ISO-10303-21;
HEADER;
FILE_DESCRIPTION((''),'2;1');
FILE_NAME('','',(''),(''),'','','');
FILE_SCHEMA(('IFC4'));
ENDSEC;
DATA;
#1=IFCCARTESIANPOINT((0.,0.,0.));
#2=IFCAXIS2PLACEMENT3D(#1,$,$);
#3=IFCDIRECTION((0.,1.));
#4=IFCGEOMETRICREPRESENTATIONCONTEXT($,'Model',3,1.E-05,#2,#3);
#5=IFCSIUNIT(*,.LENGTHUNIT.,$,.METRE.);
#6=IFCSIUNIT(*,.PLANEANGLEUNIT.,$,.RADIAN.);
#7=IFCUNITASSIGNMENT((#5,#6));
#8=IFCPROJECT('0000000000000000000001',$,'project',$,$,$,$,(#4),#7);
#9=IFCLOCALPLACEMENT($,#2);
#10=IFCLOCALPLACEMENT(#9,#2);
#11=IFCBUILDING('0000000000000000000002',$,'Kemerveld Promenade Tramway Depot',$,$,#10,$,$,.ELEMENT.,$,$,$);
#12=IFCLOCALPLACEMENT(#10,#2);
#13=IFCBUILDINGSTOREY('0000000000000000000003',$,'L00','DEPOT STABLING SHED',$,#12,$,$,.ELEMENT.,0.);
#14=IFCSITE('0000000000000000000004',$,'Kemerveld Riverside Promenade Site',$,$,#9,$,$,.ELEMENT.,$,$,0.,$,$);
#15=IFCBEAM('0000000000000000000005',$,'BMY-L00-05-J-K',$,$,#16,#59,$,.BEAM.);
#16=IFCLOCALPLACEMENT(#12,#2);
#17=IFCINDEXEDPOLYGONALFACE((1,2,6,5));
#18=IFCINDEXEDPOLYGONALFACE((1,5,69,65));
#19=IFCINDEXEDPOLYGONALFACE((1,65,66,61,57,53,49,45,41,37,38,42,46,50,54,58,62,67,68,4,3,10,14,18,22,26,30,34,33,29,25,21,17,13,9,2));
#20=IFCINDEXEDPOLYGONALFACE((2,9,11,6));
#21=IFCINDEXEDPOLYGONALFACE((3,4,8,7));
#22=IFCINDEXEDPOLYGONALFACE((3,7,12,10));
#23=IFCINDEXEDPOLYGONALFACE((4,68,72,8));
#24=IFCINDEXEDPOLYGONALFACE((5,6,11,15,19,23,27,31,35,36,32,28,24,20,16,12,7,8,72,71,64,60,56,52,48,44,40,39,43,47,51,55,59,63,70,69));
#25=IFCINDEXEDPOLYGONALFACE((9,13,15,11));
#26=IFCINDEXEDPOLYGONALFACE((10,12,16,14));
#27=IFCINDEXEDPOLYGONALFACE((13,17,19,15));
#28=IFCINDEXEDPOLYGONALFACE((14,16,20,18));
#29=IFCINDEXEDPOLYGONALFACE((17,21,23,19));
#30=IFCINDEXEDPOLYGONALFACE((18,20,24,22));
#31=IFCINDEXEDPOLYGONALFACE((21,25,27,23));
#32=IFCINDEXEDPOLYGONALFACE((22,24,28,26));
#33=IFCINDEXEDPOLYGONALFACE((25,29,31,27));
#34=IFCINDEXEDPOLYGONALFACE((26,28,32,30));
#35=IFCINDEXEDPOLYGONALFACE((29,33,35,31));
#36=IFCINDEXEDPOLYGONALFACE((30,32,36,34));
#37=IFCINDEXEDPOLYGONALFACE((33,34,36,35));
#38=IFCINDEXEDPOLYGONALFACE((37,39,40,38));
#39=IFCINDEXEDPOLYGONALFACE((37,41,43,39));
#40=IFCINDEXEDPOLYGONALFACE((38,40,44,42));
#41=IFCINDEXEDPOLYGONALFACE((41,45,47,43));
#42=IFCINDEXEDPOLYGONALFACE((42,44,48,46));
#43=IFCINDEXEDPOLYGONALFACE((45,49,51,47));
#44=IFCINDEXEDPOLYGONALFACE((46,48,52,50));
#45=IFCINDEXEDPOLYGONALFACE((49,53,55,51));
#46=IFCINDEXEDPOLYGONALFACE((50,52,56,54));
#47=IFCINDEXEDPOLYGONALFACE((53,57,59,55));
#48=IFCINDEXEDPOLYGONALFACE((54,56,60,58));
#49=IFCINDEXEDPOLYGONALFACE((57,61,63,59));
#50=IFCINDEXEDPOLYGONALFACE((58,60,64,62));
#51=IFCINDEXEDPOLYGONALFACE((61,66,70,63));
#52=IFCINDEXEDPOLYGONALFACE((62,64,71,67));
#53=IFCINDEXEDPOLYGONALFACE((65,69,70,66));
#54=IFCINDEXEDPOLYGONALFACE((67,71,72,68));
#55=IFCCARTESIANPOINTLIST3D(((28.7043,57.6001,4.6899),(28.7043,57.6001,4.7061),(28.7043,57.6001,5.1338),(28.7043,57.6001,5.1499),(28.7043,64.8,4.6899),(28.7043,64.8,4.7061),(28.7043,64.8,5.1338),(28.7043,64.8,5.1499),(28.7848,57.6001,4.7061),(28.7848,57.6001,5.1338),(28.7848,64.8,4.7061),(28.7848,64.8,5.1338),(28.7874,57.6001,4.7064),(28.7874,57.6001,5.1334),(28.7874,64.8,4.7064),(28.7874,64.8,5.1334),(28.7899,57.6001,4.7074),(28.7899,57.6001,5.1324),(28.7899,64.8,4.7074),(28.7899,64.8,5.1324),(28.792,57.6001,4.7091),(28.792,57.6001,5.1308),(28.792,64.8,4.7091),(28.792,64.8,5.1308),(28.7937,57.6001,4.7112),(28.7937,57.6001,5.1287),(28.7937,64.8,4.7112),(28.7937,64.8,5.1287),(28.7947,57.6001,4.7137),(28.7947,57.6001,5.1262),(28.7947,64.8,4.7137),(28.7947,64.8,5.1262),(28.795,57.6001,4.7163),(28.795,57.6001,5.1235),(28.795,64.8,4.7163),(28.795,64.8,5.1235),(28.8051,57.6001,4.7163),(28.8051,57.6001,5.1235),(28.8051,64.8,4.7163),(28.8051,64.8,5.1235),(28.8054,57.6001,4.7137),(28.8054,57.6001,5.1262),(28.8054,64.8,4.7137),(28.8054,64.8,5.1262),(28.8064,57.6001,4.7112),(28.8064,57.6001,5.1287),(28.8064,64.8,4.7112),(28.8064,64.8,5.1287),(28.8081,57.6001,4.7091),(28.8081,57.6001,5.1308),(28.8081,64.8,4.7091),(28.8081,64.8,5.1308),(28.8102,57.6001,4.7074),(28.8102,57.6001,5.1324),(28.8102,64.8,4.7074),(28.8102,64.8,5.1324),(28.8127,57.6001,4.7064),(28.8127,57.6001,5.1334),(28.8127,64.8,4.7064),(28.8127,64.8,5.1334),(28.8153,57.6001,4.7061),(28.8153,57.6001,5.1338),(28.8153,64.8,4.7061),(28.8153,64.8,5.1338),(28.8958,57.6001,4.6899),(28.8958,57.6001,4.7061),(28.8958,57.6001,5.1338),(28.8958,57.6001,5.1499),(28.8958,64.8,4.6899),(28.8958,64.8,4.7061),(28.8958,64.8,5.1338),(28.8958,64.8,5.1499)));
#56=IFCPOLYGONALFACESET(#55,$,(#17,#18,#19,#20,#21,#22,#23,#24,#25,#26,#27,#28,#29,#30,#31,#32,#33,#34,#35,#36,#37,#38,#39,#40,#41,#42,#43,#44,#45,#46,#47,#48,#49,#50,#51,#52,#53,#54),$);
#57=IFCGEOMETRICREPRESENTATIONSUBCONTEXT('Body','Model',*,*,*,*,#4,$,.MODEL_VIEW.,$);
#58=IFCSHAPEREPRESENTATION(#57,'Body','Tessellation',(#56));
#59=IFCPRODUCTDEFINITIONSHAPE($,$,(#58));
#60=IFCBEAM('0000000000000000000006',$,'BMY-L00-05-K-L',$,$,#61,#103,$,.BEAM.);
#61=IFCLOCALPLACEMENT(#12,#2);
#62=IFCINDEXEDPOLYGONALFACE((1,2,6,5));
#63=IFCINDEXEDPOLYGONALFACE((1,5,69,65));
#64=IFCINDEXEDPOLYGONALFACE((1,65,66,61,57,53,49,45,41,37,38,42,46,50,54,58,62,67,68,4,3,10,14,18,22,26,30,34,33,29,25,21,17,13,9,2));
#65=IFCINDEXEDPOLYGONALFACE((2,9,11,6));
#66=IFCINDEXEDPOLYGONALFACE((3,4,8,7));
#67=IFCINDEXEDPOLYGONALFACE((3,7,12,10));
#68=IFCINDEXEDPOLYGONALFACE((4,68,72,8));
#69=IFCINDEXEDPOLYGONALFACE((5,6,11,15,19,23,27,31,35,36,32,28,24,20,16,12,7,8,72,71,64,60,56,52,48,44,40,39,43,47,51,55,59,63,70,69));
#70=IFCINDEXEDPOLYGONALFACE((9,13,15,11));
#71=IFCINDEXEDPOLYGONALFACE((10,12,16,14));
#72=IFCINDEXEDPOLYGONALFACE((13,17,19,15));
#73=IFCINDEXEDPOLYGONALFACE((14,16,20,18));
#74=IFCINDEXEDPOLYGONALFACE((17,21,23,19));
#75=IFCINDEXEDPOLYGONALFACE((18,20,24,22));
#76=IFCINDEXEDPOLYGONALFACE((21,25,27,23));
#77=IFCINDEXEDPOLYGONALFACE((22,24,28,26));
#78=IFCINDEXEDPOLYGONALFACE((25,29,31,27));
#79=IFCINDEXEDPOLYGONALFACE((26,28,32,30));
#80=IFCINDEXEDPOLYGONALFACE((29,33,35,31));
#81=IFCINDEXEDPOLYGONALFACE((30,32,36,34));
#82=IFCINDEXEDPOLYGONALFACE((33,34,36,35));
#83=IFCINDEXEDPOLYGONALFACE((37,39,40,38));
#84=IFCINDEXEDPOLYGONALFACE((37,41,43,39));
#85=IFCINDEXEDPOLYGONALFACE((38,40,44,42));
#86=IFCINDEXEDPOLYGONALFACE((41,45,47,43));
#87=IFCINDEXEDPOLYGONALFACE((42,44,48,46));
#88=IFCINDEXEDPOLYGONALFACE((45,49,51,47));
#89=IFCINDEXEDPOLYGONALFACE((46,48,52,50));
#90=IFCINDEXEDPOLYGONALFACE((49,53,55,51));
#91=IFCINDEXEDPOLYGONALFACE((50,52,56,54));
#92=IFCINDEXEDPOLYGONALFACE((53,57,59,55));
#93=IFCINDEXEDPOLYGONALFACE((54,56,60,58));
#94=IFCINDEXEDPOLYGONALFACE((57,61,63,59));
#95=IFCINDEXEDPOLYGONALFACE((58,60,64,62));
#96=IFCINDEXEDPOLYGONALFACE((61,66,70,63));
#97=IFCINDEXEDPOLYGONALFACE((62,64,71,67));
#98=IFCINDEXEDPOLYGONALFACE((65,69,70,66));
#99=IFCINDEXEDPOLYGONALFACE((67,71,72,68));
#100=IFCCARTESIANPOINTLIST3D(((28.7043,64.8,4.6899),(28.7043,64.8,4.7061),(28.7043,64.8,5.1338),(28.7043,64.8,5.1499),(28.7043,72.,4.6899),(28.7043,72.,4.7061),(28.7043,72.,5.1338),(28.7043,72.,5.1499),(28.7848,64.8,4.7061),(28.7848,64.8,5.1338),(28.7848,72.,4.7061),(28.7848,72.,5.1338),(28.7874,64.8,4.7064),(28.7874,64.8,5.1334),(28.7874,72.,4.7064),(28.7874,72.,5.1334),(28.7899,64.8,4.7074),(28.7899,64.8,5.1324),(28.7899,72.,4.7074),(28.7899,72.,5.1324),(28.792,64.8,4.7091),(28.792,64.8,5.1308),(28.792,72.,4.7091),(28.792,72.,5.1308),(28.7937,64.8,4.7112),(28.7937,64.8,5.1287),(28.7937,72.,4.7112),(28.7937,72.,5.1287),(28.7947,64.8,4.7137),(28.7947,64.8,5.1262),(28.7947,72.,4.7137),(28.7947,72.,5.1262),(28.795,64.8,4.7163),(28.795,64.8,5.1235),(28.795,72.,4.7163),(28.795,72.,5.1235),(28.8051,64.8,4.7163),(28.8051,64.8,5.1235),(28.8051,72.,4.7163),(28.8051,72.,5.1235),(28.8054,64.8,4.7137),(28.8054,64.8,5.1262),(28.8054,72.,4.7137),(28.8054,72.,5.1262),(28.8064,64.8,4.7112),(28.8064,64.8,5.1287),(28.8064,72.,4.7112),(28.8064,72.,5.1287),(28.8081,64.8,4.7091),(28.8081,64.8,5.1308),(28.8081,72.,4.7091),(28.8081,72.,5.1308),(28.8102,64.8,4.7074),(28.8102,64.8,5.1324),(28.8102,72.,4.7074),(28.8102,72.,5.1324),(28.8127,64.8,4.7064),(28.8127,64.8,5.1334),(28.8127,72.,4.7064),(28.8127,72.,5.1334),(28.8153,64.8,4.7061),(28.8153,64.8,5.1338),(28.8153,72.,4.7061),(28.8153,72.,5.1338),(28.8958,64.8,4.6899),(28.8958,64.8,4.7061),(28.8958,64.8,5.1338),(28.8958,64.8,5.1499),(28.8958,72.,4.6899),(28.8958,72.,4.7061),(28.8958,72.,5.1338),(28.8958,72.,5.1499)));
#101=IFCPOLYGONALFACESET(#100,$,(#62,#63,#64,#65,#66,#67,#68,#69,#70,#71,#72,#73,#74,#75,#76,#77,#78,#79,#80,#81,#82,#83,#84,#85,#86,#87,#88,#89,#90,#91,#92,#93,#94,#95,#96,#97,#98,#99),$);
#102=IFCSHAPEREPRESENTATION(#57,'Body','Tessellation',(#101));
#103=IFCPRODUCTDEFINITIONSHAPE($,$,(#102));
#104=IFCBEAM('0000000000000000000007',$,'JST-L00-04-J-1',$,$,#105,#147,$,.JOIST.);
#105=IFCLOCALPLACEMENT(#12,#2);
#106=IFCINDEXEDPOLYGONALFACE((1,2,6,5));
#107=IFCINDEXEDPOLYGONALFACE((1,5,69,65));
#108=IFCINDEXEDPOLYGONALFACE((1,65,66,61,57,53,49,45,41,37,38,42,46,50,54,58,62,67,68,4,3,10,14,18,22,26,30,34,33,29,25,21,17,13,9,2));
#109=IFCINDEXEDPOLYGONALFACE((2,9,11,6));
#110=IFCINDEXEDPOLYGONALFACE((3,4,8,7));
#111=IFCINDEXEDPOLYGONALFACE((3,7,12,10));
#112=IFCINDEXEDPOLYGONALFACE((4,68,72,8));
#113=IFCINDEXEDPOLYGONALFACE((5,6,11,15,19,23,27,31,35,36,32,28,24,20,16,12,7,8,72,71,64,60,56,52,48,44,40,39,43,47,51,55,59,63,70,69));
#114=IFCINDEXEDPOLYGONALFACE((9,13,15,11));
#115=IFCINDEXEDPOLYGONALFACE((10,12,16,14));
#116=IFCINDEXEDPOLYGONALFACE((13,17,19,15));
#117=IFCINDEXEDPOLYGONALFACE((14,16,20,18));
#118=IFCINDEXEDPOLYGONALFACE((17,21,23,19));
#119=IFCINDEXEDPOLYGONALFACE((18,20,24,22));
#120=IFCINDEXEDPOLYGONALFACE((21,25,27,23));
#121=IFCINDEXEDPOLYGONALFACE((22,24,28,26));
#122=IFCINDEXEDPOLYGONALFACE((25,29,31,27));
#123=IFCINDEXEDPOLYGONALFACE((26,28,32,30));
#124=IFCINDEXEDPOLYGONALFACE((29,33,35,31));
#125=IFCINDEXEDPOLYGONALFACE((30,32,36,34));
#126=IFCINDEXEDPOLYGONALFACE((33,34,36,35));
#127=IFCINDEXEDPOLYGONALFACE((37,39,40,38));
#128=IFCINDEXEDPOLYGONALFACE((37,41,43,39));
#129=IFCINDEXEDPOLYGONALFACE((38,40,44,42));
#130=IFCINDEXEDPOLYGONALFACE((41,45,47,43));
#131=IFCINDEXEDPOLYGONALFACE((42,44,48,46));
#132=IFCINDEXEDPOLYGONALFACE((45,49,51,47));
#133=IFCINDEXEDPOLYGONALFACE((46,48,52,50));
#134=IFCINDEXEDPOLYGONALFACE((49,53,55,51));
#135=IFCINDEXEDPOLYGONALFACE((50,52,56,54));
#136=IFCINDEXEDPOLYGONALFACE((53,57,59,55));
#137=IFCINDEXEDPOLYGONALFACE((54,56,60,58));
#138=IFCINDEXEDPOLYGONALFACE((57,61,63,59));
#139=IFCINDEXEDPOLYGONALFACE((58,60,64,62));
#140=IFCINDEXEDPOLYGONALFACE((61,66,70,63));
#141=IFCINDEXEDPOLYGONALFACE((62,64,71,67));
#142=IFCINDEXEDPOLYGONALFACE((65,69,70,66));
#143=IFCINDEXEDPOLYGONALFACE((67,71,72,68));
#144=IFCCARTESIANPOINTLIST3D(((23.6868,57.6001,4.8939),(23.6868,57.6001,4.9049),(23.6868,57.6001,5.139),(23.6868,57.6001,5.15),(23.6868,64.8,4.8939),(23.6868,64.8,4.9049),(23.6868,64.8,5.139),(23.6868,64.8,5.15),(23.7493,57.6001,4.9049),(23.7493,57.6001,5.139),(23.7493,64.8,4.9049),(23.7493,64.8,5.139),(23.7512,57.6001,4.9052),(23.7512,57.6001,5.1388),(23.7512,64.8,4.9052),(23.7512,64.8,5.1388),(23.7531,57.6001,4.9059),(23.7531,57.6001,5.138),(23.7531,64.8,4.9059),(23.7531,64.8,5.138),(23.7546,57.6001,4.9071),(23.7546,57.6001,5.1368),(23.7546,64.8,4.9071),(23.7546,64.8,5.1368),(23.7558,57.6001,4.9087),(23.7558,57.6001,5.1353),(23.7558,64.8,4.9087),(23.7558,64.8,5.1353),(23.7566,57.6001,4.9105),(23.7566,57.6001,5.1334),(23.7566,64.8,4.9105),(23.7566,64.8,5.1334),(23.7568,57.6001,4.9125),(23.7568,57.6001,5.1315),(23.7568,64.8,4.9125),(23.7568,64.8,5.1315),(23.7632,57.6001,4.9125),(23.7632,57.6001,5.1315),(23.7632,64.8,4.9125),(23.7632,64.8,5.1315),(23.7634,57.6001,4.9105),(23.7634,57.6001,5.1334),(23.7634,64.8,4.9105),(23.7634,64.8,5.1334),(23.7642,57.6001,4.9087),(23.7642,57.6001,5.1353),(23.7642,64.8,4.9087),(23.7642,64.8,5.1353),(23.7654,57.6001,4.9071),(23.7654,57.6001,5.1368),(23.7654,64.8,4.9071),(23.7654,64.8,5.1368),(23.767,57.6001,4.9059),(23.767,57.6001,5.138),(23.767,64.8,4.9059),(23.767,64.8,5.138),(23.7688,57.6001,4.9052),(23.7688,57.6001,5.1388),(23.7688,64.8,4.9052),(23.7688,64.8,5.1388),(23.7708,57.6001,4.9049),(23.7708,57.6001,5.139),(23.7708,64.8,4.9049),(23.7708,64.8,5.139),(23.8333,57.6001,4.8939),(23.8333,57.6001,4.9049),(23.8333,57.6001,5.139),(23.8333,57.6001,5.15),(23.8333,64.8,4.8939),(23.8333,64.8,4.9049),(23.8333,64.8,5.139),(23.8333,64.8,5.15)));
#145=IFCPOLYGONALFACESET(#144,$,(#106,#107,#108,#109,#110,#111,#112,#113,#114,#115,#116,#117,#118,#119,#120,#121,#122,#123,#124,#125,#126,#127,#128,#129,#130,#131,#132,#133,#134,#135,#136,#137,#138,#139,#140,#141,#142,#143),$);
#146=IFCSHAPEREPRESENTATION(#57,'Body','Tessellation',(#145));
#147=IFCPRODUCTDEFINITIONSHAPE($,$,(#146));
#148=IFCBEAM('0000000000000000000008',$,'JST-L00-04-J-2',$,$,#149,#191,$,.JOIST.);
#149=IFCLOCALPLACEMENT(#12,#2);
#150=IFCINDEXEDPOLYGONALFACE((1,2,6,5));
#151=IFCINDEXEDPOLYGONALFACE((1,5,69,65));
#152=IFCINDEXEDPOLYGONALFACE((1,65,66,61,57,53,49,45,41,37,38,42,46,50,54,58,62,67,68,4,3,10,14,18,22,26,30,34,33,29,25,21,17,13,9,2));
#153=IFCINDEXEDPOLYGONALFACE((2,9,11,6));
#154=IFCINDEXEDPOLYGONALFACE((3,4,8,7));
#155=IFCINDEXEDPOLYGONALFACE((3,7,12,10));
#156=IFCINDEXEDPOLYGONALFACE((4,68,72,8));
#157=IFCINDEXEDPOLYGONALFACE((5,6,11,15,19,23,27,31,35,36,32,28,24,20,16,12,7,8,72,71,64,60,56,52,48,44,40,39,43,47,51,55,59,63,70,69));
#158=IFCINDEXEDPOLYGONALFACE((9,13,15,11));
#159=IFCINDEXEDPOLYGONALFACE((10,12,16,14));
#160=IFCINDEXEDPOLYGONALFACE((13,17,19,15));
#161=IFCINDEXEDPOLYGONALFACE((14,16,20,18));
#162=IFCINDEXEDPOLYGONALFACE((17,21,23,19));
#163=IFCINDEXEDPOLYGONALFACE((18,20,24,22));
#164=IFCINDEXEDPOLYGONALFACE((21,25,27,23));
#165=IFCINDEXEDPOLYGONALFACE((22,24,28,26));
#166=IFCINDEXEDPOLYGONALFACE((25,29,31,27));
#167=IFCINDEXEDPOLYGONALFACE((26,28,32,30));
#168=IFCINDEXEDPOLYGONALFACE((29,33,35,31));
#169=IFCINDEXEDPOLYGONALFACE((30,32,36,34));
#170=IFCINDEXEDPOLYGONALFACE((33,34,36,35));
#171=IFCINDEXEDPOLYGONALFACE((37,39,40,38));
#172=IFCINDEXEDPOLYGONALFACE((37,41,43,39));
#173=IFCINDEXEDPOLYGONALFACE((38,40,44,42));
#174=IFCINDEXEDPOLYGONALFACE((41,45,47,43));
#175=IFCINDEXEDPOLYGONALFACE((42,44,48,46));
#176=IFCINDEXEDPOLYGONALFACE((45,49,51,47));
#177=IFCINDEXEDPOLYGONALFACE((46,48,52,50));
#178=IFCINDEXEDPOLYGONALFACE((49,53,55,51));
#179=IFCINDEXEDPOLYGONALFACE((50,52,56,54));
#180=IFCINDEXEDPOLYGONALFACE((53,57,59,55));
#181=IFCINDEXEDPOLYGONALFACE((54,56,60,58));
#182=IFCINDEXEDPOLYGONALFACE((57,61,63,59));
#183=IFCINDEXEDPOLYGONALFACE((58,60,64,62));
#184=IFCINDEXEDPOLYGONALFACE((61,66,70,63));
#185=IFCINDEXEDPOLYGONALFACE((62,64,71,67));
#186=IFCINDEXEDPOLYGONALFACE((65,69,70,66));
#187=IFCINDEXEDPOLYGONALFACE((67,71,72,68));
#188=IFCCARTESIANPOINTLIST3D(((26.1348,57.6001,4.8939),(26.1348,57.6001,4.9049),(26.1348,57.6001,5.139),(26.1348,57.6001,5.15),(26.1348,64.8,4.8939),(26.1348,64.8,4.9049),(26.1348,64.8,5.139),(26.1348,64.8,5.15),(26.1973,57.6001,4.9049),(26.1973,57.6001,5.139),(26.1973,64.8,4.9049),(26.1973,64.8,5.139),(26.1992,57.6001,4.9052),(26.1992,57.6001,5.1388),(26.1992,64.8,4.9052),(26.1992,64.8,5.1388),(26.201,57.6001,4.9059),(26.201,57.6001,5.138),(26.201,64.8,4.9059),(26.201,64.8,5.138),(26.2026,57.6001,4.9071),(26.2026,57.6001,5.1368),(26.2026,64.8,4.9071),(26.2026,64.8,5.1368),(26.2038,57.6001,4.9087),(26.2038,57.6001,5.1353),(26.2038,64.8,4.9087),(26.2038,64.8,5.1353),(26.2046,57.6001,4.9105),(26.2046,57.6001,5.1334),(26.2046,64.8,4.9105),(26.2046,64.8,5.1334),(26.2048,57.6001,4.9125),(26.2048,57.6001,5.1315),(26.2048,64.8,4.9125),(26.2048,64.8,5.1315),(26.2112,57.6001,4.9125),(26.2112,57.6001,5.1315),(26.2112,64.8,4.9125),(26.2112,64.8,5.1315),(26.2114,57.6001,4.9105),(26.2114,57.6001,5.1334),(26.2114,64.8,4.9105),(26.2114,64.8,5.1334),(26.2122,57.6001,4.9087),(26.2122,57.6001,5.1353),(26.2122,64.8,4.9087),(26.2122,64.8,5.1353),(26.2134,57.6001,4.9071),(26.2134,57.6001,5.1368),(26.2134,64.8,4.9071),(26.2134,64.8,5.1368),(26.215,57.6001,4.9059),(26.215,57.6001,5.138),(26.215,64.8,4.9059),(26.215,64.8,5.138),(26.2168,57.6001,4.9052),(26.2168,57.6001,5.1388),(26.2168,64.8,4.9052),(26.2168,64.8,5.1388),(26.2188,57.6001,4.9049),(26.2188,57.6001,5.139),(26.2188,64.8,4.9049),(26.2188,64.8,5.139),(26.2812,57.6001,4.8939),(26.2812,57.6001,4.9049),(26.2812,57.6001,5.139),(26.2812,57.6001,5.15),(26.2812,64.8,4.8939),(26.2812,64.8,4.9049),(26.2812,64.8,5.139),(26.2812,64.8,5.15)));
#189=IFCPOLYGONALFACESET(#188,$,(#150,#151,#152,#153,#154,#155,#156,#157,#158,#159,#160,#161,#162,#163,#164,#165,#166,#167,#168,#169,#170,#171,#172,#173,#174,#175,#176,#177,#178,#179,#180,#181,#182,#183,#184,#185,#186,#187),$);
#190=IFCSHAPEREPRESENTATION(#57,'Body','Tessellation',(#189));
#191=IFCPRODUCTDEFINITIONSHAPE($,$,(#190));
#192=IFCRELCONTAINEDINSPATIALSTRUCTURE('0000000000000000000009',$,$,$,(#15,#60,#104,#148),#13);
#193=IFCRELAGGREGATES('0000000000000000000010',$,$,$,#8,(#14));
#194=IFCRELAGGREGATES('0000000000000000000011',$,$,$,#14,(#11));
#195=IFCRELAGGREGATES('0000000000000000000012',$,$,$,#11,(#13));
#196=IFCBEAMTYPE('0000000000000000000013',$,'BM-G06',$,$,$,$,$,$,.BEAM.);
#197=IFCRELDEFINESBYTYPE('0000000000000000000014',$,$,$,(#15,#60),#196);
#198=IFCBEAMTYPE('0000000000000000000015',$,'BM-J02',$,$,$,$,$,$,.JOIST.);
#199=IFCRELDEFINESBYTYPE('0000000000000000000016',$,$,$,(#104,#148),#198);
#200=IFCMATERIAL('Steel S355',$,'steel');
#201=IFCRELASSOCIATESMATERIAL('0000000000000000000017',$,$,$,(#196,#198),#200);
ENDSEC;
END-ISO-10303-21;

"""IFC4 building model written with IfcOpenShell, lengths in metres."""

from ifc_helpers import new_model, si_unit, direction, frame, origin, origin_2d, place, context, subcontext, project, spatial, i_section, extrude, material, material_profile, profile_set, type_object, element, save


model = new_model("IFC4")

# Units and contexts
model_context = context("Model", 3, precision=1e-05, world=origin(), true_north=direction((0.0, 1.0)))
body_context = subcontext(model_context, "Body", "Model", "MODEL_VIEW")
ifc_project = project(units=[si_unit("LENGTHUNIT", "METRE"), si_unit("PLANEANGLEUNIT", "RADIAN")], contexts=[model_context])

# Site, building, storey
site_placement = place(None, origin())
site = spatial("IfcSite", under=ifc_project, at=site_placement, Name="Kemerveld Riverside Promenade Site", CompositionType="ELEMENT", RefElevation=0.0)
building_placement = place(site_placement, origin())
building = spatial("IfcBuilding", under=site, at=building_placement, Name="Kemerveld Promenade Tramway Depot", CompositionType="ELEMENT")
storey_placement = place(building_placement, origin())
storey = spatial("IfcBuildingStorey", under=building, at=storey_placement, Name="L00", Description="DEPOT STABLING SHED", CompositionType="ELEMENT", Elevation=0.0)

# Shared definitions
ifc_material_1 = material(Name="Steel S355", Category="steel")

# Beams
ifc_material_profile_1 = material_profile(ifc_material_1, i_section(OverallWidth=0.1914, OverallDepth=0.46, WebThickness=0.01, FlangeThickness=0.0161, FilletRadius=0.0103, at=origin_2d()), Name="457x191x82 UB")
ifc_profile_set_1 = profile_set([ifc_material_profile_1], Name="Steel S355")
beam_type_1 = type_object("IfcBeamType", Name="BM-G06", PredefinedType="BEAM", material=ifc_profile_set_1)
for number, where, z_axis, x_axis, name in (
    (1, (28.8, 57.6001, 4.9199), (0.0, 1.0, 0.0), (-1.0, 0.0, 0.0), "BMY-L00-05-J-K"),
    (2, (28.8, 64.8, 4.9199), (0.0, 1.0, 0.0), (-1.0, 0.0, 0.0), "BMY-L00-05-K-L"),
):
    element("IfcBeam", number, at=place(storey_placement, frame(where, z_axis=z_axis, x_axis=x_axis)), inside=storey, type_object=beam_type_1, Name=name, PredefinedType="BEAM", context=body_context, shape_type="SweptSolid", body=[
        extrude(i_section(OverallWidth=0.1914, OverallDepth=0.46, WebThickness=0.01, FlangeThickness=0.0161, FilletRadius=0.0103, at=origin_2d()), origin(), (0.0, 0.0, 1.0), 7.2),
    ])
ifc_material_profile_2 = material_profile(ifc_material_1, i_section(OverallWidth=0.1465, OverallDepth=0.2561, WebThickness=0.0063, FlangeThickness=0.011, FilletRadius=0.0076, at=origin_2d()), Name="254x146x37 UB")
ifc_profile_set_2 = profile_set([ifc_material_profile_2], Name="Steel S355")
beam_type_2 = type_object("IfcBeamType", Name="BM-J02", PredefinedType="JOIST", material=ifc_profile_set_2)
for number, where, z_axis, x_axis, name in (
    (3, (23.76, 57.6001, 5.022), (0.0, 1.0, 0.0), (-1.0, 0.0, 0.0), "JST-L00-04-J-1"),
    (4, (26.208, 57.6001, 5.022), (0.0, 1.0, 0.0), (-1.0, 0.0, 0.0), "JST-L00-04-J-2"),
):
    element("IfcBeam", number, at=place(storey_placement, frame(where, z_axis=z_axis, x_axis=x_axis)), inside=storey, type_object=beam_type_2, Name=name, PredefinedType="JOIST", context=body_context, shape_type="SweptSolid", body=[
        extrude(i_section(OverallWidth=0.1465, OverallDepth=0.2561, WebThickness=0.0063, FlangeThickness=0.011, FilletRadius=0.0076, at=origin_2d()), origin(), (0.0, 0.0, 1.0), 7.2),
    ])

save(model, "model.ifc")
